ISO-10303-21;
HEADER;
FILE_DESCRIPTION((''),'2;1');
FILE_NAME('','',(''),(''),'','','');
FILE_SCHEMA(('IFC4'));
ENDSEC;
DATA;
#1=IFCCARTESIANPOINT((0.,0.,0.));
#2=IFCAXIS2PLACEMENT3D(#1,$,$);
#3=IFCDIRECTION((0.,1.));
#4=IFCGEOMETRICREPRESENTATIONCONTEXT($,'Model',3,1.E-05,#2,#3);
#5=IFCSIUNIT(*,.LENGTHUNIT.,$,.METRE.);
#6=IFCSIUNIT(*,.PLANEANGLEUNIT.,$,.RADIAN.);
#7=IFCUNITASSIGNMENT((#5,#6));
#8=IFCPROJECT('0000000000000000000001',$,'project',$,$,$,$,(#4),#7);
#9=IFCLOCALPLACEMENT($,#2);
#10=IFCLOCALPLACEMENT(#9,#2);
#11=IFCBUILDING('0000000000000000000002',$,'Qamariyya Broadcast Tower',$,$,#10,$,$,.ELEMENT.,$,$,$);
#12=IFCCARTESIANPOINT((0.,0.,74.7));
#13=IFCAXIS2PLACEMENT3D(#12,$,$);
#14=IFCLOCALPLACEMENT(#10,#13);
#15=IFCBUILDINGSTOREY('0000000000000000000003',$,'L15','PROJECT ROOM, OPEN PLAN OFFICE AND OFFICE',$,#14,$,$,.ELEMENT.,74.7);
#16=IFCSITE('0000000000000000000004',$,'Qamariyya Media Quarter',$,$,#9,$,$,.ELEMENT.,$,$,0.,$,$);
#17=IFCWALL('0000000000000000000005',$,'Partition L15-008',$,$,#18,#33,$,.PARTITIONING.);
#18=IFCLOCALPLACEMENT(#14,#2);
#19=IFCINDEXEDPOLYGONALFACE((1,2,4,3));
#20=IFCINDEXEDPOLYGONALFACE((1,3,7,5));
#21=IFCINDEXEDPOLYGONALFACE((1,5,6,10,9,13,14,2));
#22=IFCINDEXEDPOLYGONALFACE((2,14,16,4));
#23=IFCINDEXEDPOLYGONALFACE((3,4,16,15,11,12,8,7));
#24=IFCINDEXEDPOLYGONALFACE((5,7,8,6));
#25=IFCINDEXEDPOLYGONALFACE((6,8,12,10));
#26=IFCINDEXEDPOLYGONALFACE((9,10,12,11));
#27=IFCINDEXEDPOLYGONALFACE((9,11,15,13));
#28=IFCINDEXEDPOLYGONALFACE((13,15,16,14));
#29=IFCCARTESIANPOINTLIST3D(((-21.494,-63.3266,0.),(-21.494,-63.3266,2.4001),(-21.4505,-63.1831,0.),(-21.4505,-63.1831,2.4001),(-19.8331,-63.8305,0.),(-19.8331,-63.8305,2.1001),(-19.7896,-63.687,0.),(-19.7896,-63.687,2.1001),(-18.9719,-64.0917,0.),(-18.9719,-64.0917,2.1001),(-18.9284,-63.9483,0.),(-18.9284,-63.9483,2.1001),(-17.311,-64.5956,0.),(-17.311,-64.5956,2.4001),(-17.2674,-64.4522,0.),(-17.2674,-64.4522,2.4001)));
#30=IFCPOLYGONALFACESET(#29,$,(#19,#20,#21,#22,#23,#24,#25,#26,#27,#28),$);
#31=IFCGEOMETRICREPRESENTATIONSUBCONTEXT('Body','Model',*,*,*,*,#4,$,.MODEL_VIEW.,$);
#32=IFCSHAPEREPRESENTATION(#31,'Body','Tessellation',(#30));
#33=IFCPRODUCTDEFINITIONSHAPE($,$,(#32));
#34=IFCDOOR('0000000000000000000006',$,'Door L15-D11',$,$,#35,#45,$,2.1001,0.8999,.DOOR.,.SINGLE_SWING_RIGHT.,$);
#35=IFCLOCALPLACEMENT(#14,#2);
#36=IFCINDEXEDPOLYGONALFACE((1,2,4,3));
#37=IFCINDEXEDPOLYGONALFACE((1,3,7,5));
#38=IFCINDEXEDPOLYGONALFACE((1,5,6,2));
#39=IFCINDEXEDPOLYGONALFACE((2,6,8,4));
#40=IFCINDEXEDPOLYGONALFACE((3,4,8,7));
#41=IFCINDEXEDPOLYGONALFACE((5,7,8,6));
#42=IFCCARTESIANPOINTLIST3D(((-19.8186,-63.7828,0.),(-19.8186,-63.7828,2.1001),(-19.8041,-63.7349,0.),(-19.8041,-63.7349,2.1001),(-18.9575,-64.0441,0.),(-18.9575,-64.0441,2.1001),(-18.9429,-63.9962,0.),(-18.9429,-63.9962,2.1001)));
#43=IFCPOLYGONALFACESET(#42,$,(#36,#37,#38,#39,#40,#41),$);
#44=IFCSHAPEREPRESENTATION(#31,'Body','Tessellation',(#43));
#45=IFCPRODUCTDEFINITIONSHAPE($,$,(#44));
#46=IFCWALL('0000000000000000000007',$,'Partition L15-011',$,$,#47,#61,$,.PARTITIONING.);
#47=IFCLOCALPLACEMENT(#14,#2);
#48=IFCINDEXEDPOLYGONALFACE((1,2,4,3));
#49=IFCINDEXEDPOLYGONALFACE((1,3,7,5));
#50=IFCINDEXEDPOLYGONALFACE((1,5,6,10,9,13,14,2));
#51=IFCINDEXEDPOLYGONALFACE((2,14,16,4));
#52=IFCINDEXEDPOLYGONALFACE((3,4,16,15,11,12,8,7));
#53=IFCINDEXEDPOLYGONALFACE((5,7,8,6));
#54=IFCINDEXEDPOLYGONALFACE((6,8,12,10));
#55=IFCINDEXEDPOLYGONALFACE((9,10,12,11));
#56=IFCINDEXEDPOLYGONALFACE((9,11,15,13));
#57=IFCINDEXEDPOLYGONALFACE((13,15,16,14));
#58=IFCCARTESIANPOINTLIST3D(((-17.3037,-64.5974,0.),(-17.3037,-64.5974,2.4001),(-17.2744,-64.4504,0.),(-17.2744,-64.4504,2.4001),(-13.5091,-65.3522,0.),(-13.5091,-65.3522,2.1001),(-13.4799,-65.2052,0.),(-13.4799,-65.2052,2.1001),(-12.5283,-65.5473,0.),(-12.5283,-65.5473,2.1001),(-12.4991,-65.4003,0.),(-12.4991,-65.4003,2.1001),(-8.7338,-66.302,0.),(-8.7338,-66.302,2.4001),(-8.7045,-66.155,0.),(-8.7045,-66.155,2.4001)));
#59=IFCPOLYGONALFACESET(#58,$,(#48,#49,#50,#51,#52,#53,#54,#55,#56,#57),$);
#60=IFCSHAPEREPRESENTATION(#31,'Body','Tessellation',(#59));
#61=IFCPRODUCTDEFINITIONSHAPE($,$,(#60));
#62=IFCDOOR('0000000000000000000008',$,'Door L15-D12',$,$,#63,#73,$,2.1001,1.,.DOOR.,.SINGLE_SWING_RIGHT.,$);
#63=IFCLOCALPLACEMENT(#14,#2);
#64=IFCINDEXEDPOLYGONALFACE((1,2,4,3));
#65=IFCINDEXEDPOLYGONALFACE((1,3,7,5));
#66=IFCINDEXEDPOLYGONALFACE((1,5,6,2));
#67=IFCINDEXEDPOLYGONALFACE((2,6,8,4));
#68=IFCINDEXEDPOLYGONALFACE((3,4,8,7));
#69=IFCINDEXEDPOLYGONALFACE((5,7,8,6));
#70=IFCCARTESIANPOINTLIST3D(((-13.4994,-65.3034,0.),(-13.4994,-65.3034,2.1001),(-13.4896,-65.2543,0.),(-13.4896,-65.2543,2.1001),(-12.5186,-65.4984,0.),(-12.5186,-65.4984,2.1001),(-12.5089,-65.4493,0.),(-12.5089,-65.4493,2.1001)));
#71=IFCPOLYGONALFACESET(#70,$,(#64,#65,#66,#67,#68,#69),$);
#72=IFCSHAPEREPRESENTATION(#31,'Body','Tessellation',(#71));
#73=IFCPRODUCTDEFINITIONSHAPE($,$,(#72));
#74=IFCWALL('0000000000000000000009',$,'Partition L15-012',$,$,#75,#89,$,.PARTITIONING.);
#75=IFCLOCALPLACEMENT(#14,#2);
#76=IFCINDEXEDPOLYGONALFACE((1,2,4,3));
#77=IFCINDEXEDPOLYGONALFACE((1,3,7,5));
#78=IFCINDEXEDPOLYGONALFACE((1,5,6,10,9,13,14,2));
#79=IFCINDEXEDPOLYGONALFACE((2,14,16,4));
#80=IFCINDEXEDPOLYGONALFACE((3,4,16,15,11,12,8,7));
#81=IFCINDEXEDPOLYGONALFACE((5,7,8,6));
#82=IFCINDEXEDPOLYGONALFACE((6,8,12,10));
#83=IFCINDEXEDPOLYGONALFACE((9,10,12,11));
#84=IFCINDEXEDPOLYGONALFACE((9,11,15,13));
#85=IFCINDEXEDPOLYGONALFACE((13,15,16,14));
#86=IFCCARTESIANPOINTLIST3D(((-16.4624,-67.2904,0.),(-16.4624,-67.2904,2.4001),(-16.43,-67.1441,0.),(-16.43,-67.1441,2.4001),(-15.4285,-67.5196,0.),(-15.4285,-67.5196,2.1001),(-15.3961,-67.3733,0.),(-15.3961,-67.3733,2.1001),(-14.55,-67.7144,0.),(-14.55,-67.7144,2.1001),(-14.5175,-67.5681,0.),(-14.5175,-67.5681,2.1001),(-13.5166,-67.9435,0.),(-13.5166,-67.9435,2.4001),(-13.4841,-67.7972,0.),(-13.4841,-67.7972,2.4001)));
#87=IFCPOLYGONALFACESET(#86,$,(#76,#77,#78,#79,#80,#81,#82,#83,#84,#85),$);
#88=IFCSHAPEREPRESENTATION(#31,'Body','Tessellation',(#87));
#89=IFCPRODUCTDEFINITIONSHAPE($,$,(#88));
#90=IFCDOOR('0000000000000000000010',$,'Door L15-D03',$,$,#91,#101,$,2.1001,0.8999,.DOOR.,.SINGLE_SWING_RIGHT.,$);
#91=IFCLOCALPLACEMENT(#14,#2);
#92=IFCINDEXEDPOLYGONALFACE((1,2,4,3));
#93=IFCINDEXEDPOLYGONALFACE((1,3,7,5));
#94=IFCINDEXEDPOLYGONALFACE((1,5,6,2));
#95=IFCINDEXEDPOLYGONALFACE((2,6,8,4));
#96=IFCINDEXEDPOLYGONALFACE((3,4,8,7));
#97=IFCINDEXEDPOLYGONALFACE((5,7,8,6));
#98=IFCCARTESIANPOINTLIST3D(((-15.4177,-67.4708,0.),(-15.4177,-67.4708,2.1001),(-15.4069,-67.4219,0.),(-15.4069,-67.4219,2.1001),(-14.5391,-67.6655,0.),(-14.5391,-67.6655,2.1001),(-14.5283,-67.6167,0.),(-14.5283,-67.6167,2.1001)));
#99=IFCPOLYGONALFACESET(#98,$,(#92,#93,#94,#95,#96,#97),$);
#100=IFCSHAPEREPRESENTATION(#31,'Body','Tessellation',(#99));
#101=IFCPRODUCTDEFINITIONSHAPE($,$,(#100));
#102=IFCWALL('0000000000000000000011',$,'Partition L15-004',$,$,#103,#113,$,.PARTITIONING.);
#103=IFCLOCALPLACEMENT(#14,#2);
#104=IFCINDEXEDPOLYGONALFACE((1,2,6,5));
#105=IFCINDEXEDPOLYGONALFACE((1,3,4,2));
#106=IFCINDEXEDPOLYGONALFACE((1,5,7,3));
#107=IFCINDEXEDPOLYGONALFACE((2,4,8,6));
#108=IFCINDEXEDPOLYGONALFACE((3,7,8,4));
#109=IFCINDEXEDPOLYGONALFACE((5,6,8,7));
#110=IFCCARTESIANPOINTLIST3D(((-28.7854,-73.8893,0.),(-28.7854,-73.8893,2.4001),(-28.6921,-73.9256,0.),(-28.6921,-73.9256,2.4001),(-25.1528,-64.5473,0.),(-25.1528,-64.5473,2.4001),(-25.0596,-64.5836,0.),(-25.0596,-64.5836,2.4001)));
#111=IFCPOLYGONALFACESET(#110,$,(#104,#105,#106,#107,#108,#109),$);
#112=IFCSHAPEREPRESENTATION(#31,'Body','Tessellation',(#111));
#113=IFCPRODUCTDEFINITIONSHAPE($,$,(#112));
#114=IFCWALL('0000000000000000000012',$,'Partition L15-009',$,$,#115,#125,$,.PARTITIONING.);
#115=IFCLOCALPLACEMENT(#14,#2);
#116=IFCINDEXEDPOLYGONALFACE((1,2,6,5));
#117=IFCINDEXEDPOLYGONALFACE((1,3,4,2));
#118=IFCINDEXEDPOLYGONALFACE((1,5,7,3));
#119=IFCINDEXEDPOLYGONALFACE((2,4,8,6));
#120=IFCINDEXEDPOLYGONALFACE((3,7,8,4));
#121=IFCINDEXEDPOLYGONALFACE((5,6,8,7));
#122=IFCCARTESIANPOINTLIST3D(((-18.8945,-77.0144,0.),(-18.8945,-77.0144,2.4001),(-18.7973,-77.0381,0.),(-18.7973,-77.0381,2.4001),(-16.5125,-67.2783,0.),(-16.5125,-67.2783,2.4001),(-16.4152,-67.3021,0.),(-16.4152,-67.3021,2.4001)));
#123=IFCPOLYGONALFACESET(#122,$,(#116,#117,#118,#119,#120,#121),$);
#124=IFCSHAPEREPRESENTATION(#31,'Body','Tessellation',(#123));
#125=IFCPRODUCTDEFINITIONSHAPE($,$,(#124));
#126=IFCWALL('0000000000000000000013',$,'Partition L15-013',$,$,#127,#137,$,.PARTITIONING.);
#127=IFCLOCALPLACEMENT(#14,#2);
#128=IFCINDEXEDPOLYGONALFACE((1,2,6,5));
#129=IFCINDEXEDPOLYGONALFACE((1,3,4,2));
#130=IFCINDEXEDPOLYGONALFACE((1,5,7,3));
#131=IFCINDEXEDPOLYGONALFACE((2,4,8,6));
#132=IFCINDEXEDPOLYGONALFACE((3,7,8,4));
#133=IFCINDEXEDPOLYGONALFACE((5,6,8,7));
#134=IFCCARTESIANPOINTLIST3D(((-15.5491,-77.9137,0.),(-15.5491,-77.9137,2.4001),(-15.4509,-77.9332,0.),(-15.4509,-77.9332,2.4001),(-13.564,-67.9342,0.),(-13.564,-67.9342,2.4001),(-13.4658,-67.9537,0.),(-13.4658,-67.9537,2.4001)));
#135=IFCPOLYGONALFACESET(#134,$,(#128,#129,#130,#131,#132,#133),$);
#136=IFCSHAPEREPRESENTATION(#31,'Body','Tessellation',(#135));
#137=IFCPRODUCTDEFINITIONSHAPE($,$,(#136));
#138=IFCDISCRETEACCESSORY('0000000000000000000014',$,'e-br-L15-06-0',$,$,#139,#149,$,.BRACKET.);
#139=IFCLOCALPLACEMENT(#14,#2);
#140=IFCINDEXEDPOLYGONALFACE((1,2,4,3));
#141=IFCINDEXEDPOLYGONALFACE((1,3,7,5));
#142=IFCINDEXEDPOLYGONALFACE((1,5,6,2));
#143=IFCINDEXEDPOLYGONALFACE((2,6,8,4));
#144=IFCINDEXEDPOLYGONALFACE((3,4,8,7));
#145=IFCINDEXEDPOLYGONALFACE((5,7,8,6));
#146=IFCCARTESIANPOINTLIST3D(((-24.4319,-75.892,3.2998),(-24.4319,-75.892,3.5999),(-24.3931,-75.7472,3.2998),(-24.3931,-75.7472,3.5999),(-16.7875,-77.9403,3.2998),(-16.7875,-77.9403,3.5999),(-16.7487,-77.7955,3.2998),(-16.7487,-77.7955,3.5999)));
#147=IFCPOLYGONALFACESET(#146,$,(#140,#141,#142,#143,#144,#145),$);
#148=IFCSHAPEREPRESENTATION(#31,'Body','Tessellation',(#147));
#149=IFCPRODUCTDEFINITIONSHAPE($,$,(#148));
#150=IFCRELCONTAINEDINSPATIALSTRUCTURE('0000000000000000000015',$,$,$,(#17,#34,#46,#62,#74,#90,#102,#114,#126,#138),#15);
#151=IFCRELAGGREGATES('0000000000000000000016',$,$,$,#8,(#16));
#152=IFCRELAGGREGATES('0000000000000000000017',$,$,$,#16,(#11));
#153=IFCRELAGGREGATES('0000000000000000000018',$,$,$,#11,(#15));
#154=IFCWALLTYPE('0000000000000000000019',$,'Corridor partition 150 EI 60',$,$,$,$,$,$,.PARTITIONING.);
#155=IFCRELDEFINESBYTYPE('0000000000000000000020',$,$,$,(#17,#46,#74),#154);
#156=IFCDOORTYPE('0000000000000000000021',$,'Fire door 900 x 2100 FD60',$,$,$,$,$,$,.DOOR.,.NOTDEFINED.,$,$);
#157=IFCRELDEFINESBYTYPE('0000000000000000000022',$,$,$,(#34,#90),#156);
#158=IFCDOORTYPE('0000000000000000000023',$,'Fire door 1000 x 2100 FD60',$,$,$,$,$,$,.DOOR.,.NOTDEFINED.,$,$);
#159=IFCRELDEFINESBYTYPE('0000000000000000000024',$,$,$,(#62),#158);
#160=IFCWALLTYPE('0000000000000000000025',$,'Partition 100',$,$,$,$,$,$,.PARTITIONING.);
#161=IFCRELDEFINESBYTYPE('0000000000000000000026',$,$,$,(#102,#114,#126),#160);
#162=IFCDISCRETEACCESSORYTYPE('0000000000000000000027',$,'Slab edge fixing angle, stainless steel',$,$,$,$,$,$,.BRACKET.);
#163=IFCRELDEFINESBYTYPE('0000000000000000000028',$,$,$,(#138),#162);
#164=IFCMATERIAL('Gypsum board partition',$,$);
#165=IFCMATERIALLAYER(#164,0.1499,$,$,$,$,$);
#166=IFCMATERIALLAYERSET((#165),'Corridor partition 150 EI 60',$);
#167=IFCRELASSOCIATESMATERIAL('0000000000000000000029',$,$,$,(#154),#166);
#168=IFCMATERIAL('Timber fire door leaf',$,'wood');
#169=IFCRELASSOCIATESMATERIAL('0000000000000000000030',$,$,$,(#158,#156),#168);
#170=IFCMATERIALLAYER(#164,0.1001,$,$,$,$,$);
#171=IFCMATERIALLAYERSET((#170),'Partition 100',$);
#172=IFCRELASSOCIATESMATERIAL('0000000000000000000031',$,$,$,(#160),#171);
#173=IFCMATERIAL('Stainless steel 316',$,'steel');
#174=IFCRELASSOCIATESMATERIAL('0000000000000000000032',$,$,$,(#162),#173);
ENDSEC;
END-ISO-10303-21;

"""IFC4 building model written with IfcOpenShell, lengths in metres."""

from ifc_helpers import new_model, si_unit, direction, frame, frame_2d, origin, origin_2d, place, context, subcontext, project, spatial, rectangle, extrude, material, layer, layer_set, type_object, element, fill, save


model = new_model("IFC4")

# Units and contexts
model_context = context("Model", 3, precision=1e-05, world=origin(), true_north=direction((0.0, 1.0)))
body_context = subcontext(model_context, "Body", "Model", "MODEL_VIEW")
ifc_project = project(units=[si_unit("LENGTHUNIT", "METRE"), si_unit("PLANEANGLEUNIT", "RADIAN")], contexts=[model_context])

# Site, building, storey
site_placement = place(None, origin())
site = spatial("IfcSite", under=ifc_project, at=site_placement, Name="Qamariyya Media Quarter", CompositionType="ELEMENT", RefElevation=0.0)
building_placement = place(site_placement, origin())
building = spatial("IfcBuilding", under=site, at=building_placement, Name="Qamariyya Broadcast Tower", CompositionType="ELEMENT")
storey_placement = place(building_placement, frame((0.0, 0.0, 74.7)))
storey = spatial("IfcBuildingStorey", under=building, at=storey_placement, Name="L15", Description="PROJECT ROOM, OPEN PLAN OFFICE AND OFFICE", CompositionType="ELEMENT", Elevation=74.7)

# Shared definitions
ifc_material_1 = material(Name="Gypsum board partition")
ifc_layer_1 = layer(ifc_material_1, 0.1499)
ifc_layer_set_1 = layer_set([ifc_layer_1], Name="Corridor partition 150 EI 60")
wall_type_1 = type_object("IfcWallType", Name="Corridor partition 150 EI 60", PredefinedType="PARTITIONING", material=ifc_layer_set_1)
ifc_material_2 = material(Name="Timber fire door leaf", Category="wood")
door_type_1 = type_object("IfcDoorType", Name="Fire door 1000 x 2100 FD60", OperationType="NOTDEFINED", PredefinedType="DOOR", material=ifc_material_2)

# Walls, openings, doors
wall_1_placement = place(storey_placement, frame((-21.4722, -63.2549, 0.0), z_axis=(0.0, 0.0, 1.0), x_axis=(0.956933, -0.290308, 0.0)))
wall_1 = element("IfcWall", 1, at=wall_1_placement, inside=storey, type_object=wall_type_1, Name="Partition L15-008", PredefinedType="PARTITIONING", context=body_context, shape_type="SweptSolid", body=[
    extrude(rectangle(XDim=4.3713, YDim=0.1499, at=frame_2d((2.1855, 0.0))), origin(), (0.0, 0.0, 1.0), 2.4001),
])
opening_1_placement = place(wall_1_placement, frame((1.7356, 0.0, 0.0)))
opening_1 = element("IfcOpeningElement", 2, at=opening_1_placement, cuts=wall_1, PredefinedType="OPENING", context=body_context, shape_type="SweptSolid", body=[
    extrude(rectangle(XDim=0.8999, YDim=2.1001, at=frame_2d((0.45, 1.05))), frame((0.0, 0.085, 0.0), z_axis=(0.0, -1.0, 0.0), x_axis=(1.0, 0.0, 0.0)), (0.0, 0.0, 1.0), 0.1699),
])
door_type_2 = type_object("IfcDoorType", Name="Fire door 900 x 2100 FD60", OperationType="NOTDEFINED", PredefinedType="DOOR", material=ifc_material_2)
door_1_placement = place(opening_1_placement, origin())
door_1 = element("IfcDoor", 3, at=door_1_placement, inside=storey, type_object=door_type_2, Name="Door L15-D11", OperationType="SINGLE_SWING_RIGHT", OverallHeight=2.1001, OverallWidth=0.8999, PredefinedType="DOOR", context=body_context, shape_type="SweptSolid", body=[
    extrude(rectangle(XDim=0.8999, YDim=2.1001, at=frame_2d((0.45, 1.05))), frame((0.0, 0.0249, 0.0), z_axis=(0.0, -1.0, 0.0), x_axis=(1.0, 0.0, 0.0)), (0.0, 0.0, 1.0), 0.05),
])
fill(opening_1, door_1)
wall_2_placement = place(storey_placement, frame((-17.2891, -64.5239, 0.0), z_axis=(0.0, 0.0, 1.0), x_axis=(0.980786, -0.195084, 0.0)))
wall_2 = element("IfcWall", 4, at=wall_2_placement, inside=storey, type_object=wall_type_1, Name="Partition L15-011", PredefinedType="PARTITIONING", context=body_context, shape_type="SweptSolid", body=[
    extrude(rectangle(XDim=8.7378, YDim=0.1499, at=frame_2d((4.3689, 0.0))), origin(), (0.0, 0.0, 1.0), 2.4001),
])
opening_2_placement = place(wall_2_placement, frame((3.8689, 0.0, 0.0)))
opening_2 = element("IfcOpeningElement", 5, at=opening_2_placement, cuts=wall_2, PredefinedType="OPENING", context=body_context, shape_type="SweptSolid", body=[
    extrude(rectangle(XDim=1.0, YDim=2.1001, at=frame_2d((0.5, 1.05))), frame((0.0, 0.085, 0.0), z_axis=(0.0, -1.0, 0.0), x_axis=(1.0, 0.0, 0.0)), (0.0, 0.0, 1.0), 0.1699),
])
door_2_placement = place(opening_2_placement, origin())
door_2 = element("IfcDoor", 6, at=door_2_placement, inside=storey, type_object=door_type_1, Name="Door L15-D12", OperationType="SINGLE_SWING_RIGHT", OverallHeight=2.1001, OverallWidth=1.0, PredefinedType="DOOR", context=body_context, shape_type="SweptSolid", body=[
    extrude(rectangle(XDim=1.0, YDim=2.1001, at=frame_2d((0.5, 1.05))), frame((0.0, 0.0249, 0.0), z_axis=(0.0, -1.0, 0.0), x_axis=(1.0, 0.0, 0.0)), (0.0, 0.0, 1.0), 0.05),
])
fill(opening_2, door_2)
wall_3_placement = place(storey_placement, frame((-13.5002, -67.8704, 0.0), z_axis=(0.0, 0.0, 1.0), x_axis=(-0.976295, 0.216442, 0.0)))
wall_3 = element("IfcWall", 7, at=wall_3_placement, inside=storey, type_object=wall_type_1, Name="Partition L15-012", PredefinedType="PARTITIONING", context=body_context, shape_type="SweptSolid", body=[
    extrude(rectangle(XDim=3.0173, YDim=0.1499, at=frame_2d((1.5088, 0.0))), origin(), (0.0, 0.0, 1.0), 2.4001),
])
opening_3_placement = place(wall_3_placement, frame((1.0586, 0.0, 0.0)))
opening_3 = element("IfcOpeningElement", 8, at=opening_3_placement, cuts=wall_3, PredefinedType="OPENING", context=body_context, shape_type="SweptSolid", body=[
    extrude(rectangle(XDim=0.8999, YDim=2.1001, at=frame_2d((0.45, 1.05))), frame((0.0, 0.085, 0.0), z_axis=(0.0, -1.0, 0.0), x_axis=(1.0, 0.0, 0.0)), (0.0, 0.0, 1.0), 0.1699),
])
door_3_placement = place(opening_3_placement, origin())
door_3 = element("IfcDoor", 9, at=door_3_placement, inside=storey, type_object=door_type_2, Name="Door L15-D03", OperationType="SINGLE_SWING_RIGHT", OverallHeight=2.1001, OverallWidth=0.8999, PredefinedType="DOOR", context=body_context, shape_type="SweptSolid", body=[
    extrude(rectangle(XDim=0.8999, YDim=2.1001, at=frame_2d((0.45, 1.05))), frame((0.0, 0.0249, 0.0), z_axis=(0.0, -1.0, 0.0), x_axis=(1.0, 0.0, 0.0)), (0.0, 0.0, 1.0), 0.05),
])
fill(opening_3, door_3)

# Walls
ifc_layer_2 = layer(ifc_material_1, 0.1001)
ifc_layer_set_2 = layer_set([ifc_layer_2], Name="Partition 100")
wall_type_2 = type_object("IfcWallType", Name="Partition 100", PredefinedType="PARTITIONING", material=ifc_layer_set_2)
wall_4_placement = place(storey_placement, frame((-28.7388, -73.9075, 0.0), z_axis=(0.0, 0.0, 1.0), x_axis=(0.362407, 0.93202, 0.0)))
element("IfcWall", 10, at=wall_4_placement, inside=storey, type_object=wall_type_2, Name="Partition L15-004", PredefinedType="PARTITIONING", context=body_context, shape_type="SweptSolid", body=[
    extrude(rectangle(XDim=10.0234, YDim=0.1001, at=frame_2d((5.0117, 0.0))), origin(), (0.0, 0.0, 1.0), 2.4001),
])
wall_5_placement = place(storey_placement, frame((-18.8459, -77.0264, 0.0), z_axis=(0.0, 0.0, 1.0), x_axis=(0.237655, 0.97135, 0.0)))
element("IfcWall", 11, at=wall_5_placement, inside=storey, type_object=wall_type_2, Name="Partition L15-009", PredefinedType="PARTITIONING", context=body_context, shape_type="SweptSolid", body=[
    extrude(rectangle(XDim=10.0232, YDim=0.1001, at=frame_2d((5.0117, 0.0))), origin(), (0.0, 0.0, 1.0), 2.4001),
])
wall_6_placement = place(storey_placement, frame((-15.5, -77.9233, 0.0), z_axis=(0.0, 0.0, 1.0), x_axis=(0.195096, 0.980784, 0.0)))
element("IfcWall", 12, at=wall_6_placement, inside=storey, type_object=wall_type_2, Name="Partition L15-013", PredefinedType="PARTITIONING", context=body_context, shape_type="SweptSolid", body=[
    extrude(rectangle(XDim=10.175, YDim=0.1001, at=frame_2d((5.0874, 0.0))), origin(), (0.0, 0.0, 1.0), 2.4001),
])

# Discrete accessory
ifc_material_3 = material(Name="Stainless steel 316", Category="steel")
discrete_accessory_type = type_object("IfcDiscreteAccessoryType", Name="Slab edge fixing angle, stainless steel", PredefinedType="BRACKET", material=ifc_material_3)
discrete_accessory_placement = place(storey_placement, frame((-20.5903, -76.8438, 3.2998), z_axis=(0.0, 0.0, 1.0), x_axis=(0.965926, -0.258819, 0.0)))
element("IfcDiscreteAccessory", 13, at=discrete_accessory_placement, inside=storey, type_object=discrete_accessory_type, Name="e-br-L15-06-0", PredefinedType="BRACKET", context=body_context, shape_type="SweptSolid", body=[
    extrude(rectangle(XDim=7.9141, YDim=0.1499, at=origin_2d()), origin(), (0.0, 0.0, 1.0), 0.3),
])

save(model, "model.ifc")
